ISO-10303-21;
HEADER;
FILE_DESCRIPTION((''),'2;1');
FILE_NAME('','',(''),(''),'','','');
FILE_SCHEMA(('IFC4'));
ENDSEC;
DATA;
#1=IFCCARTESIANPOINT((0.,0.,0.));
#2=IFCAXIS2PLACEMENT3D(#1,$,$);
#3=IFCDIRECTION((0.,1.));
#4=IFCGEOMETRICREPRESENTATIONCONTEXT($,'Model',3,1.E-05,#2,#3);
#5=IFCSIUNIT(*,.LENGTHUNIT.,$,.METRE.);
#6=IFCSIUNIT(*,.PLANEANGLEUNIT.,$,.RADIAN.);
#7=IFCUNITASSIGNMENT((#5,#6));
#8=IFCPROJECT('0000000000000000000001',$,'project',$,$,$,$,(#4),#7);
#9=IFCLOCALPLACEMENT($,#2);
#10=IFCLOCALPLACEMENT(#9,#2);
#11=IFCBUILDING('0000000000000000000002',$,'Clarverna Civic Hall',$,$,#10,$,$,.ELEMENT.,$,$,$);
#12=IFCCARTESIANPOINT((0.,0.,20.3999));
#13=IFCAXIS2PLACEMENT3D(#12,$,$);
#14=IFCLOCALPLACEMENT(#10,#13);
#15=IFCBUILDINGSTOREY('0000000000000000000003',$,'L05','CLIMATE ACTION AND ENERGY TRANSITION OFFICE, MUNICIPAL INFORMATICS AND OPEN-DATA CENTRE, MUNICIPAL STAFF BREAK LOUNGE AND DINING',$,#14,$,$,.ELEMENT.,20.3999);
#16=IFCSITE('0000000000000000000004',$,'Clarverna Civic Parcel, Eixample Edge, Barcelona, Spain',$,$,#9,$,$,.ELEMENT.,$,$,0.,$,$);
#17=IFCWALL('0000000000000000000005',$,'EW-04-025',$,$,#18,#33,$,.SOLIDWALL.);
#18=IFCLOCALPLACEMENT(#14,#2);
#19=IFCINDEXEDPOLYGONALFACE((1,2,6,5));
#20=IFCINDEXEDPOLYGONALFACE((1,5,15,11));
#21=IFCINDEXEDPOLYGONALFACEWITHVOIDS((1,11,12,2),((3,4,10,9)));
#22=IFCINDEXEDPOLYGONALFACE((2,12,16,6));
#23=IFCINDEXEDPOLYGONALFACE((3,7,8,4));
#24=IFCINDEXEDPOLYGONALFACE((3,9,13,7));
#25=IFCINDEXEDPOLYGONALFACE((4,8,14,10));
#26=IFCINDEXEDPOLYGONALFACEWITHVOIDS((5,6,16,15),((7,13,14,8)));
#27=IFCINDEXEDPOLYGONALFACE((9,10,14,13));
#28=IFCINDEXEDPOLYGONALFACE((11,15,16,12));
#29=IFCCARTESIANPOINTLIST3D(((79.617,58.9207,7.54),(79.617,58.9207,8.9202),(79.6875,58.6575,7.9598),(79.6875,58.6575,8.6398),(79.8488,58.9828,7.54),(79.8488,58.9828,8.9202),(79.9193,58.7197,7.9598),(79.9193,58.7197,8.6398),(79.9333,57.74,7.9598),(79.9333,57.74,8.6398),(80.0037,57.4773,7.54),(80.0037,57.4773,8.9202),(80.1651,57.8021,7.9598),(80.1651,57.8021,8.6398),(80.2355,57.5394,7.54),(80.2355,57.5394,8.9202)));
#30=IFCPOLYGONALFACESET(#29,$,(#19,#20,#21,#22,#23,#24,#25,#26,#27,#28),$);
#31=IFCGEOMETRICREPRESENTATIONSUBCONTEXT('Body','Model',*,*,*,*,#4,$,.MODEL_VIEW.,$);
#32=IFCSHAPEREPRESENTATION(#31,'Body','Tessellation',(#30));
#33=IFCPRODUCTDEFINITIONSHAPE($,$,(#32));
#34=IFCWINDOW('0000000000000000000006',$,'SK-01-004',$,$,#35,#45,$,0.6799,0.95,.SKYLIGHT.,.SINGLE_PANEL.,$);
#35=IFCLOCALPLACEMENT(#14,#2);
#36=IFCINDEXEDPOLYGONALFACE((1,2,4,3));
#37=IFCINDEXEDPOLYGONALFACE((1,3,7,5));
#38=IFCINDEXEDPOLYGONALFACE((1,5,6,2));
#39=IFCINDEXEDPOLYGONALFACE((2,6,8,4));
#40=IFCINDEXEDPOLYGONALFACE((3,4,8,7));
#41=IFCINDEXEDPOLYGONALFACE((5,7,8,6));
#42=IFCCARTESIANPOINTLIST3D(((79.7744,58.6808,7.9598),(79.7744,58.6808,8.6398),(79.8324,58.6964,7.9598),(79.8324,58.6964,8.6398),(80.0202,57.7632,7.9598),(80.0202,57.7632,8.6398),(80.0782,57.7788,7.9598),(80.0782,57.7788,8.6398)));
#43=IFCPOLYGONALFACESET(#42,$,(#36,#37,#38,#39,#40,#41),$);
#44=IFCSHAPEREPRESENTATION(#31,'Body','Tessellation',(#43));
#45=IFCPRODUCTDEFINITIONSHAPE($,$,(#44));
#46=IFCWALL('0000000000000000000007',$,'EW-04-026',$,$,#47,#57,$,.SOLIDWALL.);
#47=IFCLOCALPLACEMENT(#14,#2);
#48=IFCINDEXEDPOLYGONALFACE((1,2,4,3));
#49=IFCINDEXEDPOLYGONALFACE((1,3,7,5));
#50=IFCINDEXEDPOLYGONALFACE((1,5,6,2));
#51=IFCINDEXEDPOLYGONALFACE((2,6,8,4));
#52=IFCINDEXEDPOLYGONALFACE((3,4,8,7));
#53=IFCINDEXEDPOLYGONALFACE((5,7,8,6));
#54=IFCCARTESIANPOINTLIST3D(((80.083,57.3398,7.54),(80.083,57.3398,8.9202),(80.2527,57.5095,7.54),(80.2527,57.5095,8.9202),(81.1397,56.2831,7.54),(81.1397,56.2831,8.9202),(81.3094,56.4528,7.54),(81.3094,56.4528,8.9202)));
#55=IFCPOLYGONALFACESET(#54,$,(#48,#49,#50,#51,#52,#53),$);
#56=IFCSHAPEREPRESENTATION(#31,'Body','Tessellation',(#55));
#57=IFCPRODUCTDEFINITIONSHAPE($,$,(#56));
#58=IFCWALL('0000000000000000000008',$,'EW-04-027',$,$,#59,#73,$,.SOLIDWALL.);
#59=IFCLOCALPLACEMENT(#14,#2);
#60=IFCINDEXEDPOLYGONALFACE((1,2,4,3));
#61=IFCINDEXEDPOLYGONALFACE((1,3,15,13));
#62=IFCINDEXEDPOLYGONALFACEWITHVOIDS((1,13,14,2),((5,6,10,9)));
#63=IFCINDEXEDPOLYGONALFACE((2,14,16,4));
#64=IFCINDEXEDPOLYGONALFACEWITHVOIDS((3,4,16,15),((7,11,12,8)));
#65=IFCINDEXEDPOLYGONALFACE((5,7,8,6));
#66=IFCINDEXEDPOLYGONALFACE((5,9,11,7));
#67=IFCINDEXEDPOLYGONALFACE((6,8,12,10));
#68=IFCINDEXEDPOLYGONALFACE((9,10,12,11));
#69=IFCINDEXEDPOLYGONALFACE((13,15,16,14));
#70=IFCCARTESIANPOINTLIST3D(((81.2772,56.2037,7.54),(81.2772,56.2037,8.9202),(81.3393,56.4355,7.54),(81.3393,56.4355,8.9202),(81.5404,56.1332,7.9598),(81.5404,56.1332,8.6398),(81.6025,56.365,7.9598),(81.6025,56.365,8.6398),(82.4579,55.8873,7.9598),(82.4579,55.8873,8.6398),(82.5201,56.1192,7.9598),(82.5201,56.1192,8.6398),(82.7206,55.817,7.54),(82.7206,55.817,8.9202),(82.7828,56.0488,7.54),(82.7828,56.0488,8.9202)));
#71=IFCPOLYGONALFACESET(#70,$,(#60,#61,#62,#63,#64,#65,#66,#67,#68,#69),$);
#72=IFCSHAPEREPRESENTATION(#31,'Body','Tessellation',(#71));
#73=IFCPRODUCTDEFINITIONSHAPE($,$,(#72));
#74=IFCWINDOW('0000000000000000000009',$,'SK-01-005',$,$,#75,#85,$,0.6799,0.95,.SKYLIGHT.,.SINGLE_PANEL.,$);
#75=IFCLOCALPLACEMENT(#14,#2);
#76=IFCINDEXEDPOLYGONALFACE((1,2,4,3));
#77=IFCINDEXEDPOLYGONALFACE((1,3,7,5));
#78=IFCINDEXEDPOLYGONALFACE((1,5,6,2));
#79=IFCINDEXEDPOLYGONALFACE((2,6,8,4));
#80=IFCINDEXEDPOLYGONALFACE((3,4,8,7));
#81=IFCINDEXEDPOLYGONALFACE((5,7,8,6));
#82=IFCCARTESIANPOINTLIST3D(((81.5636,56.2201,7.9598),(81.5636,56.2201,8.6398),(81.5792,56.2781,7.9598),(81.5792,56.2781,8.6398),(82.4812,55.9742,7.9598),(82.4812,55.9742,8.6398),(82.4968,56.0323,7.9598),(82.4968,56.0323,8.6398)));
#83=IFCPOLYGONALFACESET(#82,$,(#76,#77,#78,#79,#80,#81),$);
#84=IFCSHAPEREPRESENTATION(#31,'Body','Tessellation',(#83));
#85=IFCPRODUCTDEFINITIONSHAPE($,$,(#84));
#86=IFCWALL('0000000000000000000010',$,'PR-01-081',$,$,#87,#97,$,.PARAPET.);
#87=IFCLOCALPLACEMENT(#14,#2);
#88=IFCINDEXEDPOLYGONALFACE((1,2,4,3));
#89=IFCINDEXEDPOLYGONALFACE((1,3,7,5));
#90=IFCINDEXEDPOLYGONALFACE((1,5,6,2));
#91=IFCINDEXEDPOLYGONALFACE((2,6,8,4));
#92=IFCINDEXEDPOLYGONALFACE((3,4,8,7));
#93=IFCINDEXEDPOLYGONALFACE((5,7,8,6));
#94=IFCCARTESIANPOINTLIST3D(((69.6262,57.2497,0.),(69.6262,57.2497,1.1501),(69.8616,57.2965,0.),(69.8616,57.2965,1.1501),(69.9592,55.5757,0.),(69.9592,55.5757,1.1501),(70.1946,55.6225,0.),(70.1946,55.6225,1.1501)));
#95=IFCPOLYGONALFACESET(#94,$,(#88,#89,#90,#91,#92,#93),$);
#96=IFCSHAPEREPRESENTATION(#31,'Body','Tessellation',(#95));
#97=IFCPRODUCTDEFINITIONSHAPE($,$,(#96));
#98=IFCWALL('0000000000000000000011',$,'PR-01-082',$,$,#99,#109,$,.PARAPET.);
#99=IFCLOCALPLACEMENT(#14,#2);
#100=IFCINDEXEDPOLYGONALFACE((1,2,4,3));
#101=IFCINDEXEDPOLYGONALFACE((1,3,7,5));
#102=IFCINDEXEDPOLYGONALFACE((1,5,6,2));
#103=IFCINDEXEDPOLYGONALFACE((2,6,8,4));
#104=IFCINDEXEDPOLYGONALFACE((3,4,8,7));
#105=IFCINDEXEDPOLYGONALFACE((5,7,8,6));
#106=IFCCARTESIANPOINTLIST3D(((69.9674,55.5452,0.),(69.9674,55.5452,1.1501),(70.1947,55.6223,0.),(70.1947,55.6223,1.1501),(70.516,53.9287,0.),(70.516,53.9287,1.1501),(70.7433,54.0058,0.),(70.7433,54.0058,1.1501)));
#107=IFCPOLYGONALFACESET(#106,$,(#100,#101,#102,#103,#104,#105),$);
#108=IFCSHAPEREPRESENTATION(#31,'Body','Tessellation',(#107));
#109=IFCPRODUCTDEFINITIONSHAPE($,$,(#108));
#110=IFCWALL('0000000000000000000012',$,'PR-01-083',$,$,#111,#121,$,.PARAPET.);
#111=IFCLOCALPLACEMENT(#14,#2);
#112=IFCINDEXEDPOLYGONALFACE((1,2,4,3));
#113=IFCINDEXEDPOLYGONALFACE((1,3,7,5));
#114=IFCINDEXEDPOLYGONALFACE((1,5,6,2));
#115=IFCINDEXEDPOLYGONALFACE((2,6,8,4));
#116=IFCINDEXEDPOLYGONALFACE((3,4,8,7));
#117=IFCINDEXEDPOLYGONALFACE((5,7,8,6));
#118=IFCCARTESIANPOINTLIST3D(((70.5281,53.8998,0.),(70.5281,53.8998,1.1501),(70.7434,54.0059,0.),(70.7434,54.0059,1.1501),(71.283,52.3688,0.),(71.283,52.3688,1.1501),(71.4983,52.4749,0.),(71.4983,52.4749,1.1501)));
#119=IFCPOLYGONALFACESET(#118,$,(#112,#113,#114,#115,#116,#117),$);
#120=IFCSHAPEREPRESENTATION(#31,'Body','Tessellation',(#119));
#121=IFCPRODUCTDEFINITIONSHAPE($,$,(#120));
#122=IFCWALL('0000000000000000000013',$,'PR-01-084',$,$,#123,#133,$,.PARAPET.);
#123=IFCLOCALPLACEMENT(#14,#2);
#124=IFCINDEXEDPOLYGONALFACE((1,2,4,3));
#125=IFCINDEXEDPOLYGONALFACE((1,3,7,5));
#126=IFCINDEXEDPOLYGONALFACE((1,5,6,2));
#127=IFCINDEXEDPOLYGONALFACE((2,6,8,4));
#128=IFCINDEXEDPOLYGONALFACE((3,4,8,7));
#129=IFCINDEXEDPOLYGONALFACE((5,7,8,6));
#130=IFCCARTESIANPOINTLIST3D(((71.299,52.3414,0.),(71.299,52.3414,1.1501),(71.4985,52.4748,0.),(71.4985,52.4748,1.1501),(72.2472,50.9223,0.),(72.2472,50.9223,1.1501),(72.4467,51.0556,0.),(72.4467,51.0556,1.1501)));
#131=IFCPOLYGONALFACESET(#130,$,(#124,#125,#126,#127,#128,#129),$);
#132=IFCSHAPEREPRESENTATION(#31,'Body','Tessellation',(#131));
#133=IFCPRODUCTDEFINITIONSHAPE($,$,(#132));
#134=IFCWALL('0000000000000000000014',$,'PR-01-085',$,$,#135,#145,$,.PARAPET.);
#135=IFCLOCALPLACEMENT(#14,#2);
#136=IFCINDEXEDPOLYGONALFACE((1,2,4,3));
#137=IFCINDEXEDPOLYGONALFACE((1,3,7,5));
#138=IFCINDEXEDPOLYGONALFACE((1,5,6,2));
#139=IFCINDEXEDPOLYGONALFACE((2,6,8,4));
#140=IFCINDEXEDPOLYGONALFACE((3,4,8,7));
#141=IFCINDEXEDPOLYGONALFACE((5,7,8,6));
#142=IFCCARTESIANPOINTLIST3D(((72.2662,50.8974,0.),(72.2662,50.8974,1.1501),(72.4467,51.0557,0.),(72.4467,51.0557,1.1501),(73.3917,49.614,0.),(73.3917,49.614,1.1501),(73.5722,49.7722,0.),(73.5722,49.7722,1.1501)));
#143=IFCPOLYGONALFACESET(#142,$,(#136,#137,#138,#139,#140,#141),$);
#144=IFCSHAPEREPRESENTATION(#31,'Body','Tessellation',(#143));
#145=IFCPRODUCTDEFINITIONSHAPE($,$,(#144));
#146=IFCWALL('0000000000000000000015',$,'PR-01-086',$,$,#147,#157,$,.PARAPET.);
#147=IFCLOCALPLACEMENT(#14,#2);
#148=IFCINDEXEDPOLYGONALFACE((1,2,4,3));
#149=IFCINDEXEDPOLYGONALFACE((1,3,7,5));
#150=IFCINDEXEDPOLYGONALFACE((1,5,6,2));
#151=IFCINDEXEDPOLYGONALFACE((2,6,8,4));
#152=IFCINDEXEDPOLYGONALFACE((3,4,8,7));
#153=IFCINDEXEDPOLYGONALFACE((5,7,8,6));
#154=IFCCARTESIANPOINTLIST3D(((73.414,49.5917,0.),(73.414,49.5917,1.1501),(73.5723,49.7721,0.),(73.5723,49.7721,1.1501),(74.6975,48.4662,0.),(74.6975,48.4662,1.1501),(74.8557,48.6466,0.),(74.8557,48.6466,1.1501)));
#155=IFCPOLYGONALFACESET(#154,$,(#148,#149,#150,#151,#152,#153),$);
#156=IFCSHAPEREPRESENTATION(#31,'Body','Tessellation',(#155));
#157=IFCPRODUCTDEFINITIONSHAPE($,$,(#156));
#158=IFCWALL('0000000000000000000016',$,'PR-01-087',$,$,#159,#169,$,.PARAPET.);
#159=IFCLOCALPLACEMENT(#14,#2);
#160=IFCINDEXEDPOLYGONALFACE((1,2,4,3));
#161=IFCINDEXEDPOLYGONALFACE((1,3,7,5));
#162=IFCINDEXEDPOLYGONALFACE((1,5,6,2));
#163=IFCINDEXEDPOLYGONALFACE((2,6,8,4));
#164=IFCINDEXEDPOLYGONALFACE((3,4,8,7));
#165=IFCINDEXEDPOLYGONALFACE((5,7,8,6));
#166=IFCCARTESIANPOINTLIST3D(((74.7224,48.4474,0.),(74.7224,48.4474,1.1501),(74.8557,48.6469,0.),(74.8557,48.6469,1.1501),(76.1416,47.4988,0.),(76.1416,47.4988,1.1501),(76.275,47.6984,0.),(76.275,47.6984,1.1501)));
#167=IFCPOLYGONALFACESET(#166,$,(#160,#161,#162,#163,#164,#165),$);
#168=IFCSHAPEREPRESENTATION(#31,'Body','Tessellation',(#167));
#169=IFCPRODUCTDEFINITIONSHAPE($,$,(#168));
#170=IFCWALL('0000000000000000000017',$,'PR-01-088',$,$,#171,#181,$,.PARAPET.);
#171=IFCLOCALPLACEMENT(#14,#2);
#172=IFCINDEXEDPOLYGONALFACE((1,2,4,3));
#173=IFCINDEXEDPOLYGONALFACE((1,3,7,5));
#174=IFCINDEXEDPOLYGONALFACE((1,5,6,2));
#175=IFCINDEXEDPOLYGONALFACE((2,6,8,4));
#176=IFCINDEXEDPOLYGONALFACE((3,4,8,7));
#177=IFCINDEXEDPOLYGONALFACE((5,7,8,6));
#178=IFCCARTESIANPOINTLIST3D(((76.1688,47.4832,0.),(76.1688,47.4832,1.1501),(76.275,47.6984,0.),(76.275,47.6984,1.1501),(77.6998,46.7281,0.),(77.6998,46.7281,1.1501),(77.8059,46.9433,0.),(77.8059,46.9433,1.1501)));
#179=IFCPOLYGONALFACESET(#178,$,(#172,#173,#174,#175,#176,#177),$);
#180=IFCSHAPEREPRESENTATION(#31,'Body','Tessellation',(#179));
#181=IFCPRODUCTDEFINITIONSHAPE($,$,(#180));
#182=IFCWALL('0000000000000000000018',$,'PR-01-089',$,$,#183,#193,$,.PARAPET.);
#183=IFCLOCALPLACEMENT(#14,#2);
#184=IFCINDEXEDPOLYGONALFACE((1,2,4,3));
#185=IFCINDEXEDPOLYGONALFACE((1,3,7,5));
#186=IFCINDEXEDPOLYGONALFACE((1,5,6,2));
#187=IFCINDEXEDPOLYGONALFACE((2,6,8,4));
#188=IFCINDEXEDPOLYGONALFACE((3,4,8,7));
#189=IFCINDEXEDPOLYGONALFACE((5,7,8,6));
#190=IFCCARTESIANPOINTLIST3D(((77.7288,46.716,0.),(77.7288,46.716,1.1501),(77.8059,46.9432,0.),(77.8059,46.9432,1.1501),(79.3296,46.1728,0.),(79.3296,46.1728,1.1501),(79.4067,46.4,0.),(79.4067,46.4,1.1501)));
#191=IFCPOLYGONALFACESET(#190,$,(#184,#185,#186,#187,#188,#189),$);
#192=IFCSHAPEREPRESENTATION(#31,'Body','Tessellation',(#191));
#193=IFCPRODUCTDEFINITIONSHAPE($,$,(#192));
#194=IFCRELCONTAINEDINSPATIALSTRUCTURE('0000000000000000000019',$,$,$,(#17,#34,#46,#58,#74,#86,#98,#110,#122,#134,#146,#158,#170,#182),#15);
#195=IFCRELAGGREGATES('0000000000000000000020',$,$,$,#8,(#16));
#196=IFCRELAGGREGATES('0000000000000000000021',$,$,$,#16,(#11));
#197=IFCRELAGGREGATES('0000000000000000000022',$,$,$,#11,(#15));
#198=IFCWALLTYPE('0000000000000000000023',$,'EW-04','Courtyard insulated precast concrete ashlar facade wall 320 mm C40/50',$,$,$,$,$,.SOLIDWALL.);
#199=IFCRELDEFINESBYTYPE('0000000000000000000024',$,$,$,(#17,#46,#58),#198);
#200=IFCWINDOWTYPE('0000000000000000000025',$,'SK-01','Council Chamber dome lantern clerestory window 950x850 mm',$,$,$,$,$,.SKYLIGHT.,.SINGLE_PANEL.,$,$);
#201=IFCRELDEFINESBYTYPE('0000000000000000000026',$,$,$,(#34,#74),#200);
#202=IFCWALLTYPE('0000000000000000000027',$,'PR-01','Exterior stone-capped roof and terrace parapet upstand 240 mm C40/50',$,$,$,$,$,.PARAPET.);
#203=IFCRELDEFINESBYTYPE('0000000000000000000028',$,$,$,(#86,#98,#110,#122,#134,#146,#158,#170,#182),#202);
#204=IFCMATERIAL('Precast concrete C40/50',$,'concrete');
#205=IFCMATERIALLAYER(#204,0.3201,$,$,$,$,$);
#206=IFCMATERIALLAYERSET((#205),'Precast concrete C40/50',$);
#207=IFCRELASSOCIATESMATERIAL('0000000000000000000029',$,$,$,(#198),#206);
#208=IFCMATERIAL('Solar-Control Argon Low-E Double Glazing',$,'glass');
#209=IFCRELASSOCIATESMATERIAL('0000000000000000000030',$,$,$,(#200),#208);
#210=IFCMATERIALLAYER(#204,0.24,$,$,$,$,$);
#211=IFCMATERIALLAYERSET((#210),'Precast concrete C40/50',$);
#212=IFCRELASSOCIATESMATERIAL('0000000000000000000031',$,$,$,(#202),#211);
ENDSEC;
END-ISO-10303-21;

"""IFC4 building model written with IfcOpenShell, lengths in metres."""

from ifc_helpers import new_model, si_unit, direction, frame, frame_2d, origin, place, context, subcontext, project, spatial, rectangle, extrude, material, layer, layer_set, type_object, element, fill, save


model = new_model("IFC4")

# Units and contexts
model_context = context("Model", 3, precision=1e-05, world=origin(), true_north=direction((0.0, 1.0)))
body_context = subcontext(model_context, "Body", "Model", "MODEL_VIEW")
ifc_project = project(units=[si_unit("LENGTHUNIT", "METRE"), si_unit("PLANEANGLEUNIT", "RADIAN")], contexts=[model_context])

# Site, building, storey
site_placement = place(None, origin())
site = spatial("IfcSite", under=ifc_project, at=site_placement, Name="Clarverna Civic Parcel, Eixample Edge, Barcelona, Spain", CompositionType="ELEMENT", RefElevation=0.0)
building_placement = place(site_placement, origin())
building = spatial("IfcBuilding", under=site, at=building_placement, Name="Clarverna Civic Hall", CompositionType="ELEMENT")
storey_placement = place(building_placement, frame((0.0, 0.0, 20.3999)))
storey = spatial("IfcBuildingStorey", under=building, at=storey_placement, Name="L05", Description="CLIMATE ACTION AND ENERGY TRANSITION OFFICE, MUNICIPAL INFORMATICS AND OPEN-DATA CENTRE, MUNICIPAL STAFF BREAK LOUNGE AND DINING", CompositionType="ELEMENT", Elevation=20.3999)

# Shared definitions
ifc_material_1 = material(Name="Solar-Control Argon Low-E Double Glazing", Category="glass")

# Wall, opening, window
ifc_material_2 = material(Name="Precast concrete C40/50", Category="concrete")
ifc_layer_1 = layer(ifc_material_2, 0.3201)
ifc_layer_set_1 = layer_set([ifc_layer_1], Name="Precast concrete C40/50")
wall_type_1 = type_object("IfcWallType", Name="EW-04", Description="Courtyard insulated precast concrete ashlar facade wall 320 mm C40/50", PredefinedType="SOLIDWALL", material=ifc_layer_set_1)
wall_1_placement = place(storey_placement, frame((79.7329, 58.9517, 7.54), z_axis=(0.0, 0.0, 1.0), x_axis=(0.258801, -0.965931, 0.0)))
wall_1 = element("IfcWall", 1, at=wall_1_placement, inside=storey, type_object=wall_type_1, Name="EW-04-025", PredefinedType="SOLIDWALL", context=body_context, shape_type="SweptSolid", body=[
    extrude(rectangle(XDim=1.4944, YDim=0.24, at=frame_2d((0.7471, 0.0))), origin(), (0.0, 0.0, 1.0), 1.3801),
])
opening_1_placement = place(wall_1_placement, frame((0.2722, 0.0, 0.4199)))
opening_1 = element("IfcOpeningElement", 2, at=opening_1_placement, cuts=wall_1, PredefinedType="OPENING", context=body_context, shape_type="SweptSolid", body=[
    extrude(rectangle(XDim=0.95, YDim=0.6799, at=frame_2d((0.4751, 0.3398))), frame((0.0, 0.1299, 0.0), z_axis=(0.0, -1.0, 0.0), x_axis=(1.0, 0.0, 0.0)), (0.0, 0.0, 1.0), 0.26),
])
window_type_1 = type_object("IfcWindowType", Name="SK-01", Description="Council Chamber dome lantern clerestory window 950x850 mm", PartitioningType="SINGLE_PANEL", PredefinedType="SKYLIGHT", material=ifc_material_1)
window_1_placement = place(opening_1_placement, origin())
window_1 = element("IfcWindow", 3, at=window_1_placement, inside=storey, type_object=window_type_1, Name="SK-01-004", OverallHeight=0.6799, OverallWidth=0.95, PartitioningType="SINGLE_PANEL", PredefinedType="SKYLIGHT", context=body_context, shape_type="SweptSolid", body=[
    extrude(rectangle(XDim=0.95, YDim=0.6799, at=frame_2d((0.4751, 0.3398))), frame((0.0, 0.03, 0.0), z_axis=(0.0, -1.0, 0.0), x_axis=(1.0, 0.0, 0.0)), (0.0, 0.0, 1.0), 0.0601),
])
fill(opening_1, window_1)

# Wall
wall_2_placement = place(storey_placement, frame((80.168, 57.4246, 7.54), z_axis=(0.0, 0.0, 1.0), x_axis=(0.707107, -0.707107, 0.0)))
element("IfcWall", 4, at=wall_2_placement, inside=storey, type_object=wall_type_1, Name="EW-04-026", PredefinedType="SOLIDWALL", context=body_context, shape_type="SweptSolid", body=[
    extrude(rectangle(XDim=1.4944, YDim=0.24, at=frame_2d((0.7471, 0.0))), origin(), (0.0, 0.0, 1.0), 1.3801),
])

# Wall, opening, window
wall_3_placement = place(storey_placement, frame((81.3083, 56.3196, 7.54), z_axis=(0.0, 0.0, 1.0), x_axis=(0.965931, -0.258801, 0.0)))
wall_3 = element("IfcWall", 5, at=wall_3_placement, inside=storey, type_object=wall_type_1, Name="EW-04-027", PredefinedType="SOLIDWALL", context=body_context, shape_type="SweptSolid", body=[
    extrude(rectangle(XDim=1.4944, YDim=0.24, at=frame_2d((0.7471, 0.0))), origin(), (0.0, 0.0, 1.0), 1.3801),
])
opening_2_placement = place(wall_3_placement, frame((0.2722, 0.0, 0.4199)))
opening_2 = element("IfcOpeningElement", 6, at=opening_2_placement, cuts=wall_3, PredefinedType="OPENING", context=body_context, shape_type="SweptSolid", body=[
    extrude(rectangle(XDim=0.95, YDim=0.6799, at=frame_2d((0.4751, 0.3398))), frame((0.0, 0.1299, 0.0), z_axis=(0.0, -1.0, 0.0), x_axis=(1.0, 0.0, 0.0)), (0.0, 0.0, 1.0), 0.26),
])
window_2_placement = place(opening_2_placement, origin())
window_2 = element("IfcWindow", 7, at=window_2_placement, inside=storey, type_object=window_type_1, Name="SK-01-005", OverallHeight=0.6799, OverallWidth=0.95, PartitioningType="SINGLE_PANEL", PredefinedType="SKYLIGHT", context=body_context, shape_type="SweptSolid", body=[
    extrude(rectangle(XDim=0.95, YDim=0.6799, at=frame_2d((0.4751, 0.3398))), frame((0.0, 0.03, 0.0), z_axis=(0.0, -1.0, 0.0), x_axis=(1.0, 0.0, 0.0)), (0.0, 0.0, 1.0), 0.0601),
])
fill(opening_2, window_2)

# Walls
ifc_layer_2 = layer(ifc_material_2, 0.24)
ifc_layer_set_2 = layer_set([ifc_layer_2], Name="Precast concrete C40/50")
wall_type_2 = type_object("IfcWallType", Name="PR-01", Description="Exterior stone-capped roof and terrace parapet upstand 240 mm C40/50", PredefinedType="PARAPET", material=ifc_layer_set_2)
wall_4_placement = place(storey_placement, frame((69.7439, 57.2732, 0.0), z_axis=(0.0, 0.0, 1.0), x_axis=(0.195098, -0.980784, 0.0)))
element("IfcWall", 8, at=wall_4_placement, inside=storey, type_object=wall_type_2, Name="PR-01-081", PredefinedType="PARAPET", context=body_context, shape_type="SweptSolid", body=[
    extrude(rectangle(XDim=1.7068, YDim=0.24, at=frame_2d((0.8535, 0.0))), origin(), (0.0, 0.0, 1.0), 1.1501),
])
for number, where, z_axis, x_axis, name in (
    (9, (70.0811, 55.5837, 0.0), (0.0, 0.0, 1.0), (0.321372, -0.946953, 0.0), "PR-01-082"),
    (10, (70.6357, 53.9529, 0.0), (0.0, 0.0, 1.0), (0.442229, -0.896902, 0.0), "PR-01-083"),
):
    element("IfcWall", number, at=place(storey_placement, frame(where, z_axis=z_axis, x_axis=x_axis)), inside=storey, type_object=wall_type_2, Name=name, PredefinedType="PARAPET", context=body_context, shape_type="SweptSolid", body=[
        extrude(rectangle(XDim=1.707, YDim=0.24, at=frame_2d((0.8535, 0.0))), origin(), (0.0, 0.0, 1.0), 1.1501),
    ])
wall_5_placement = place(storey_placement, frame((71.3987, 52.4082, 0.0), z_axis=(0.0, 0.0, 1.0), x_axis=(0.555558, -0.831478, 0.0)))
element("IfcWall", 11, at=wall_5_placement, inside=storey, type_object=wall_type_2, Name="PR-01-084", PredefinedType="PARAPET", context=body_context, shape_type="SweptSolid", body=[
    extrude(rectangle(XDim=1.7068, YDim=0.24, at=frame_2d((0.8535, 0.0))), origin(), (0.0, 0.0, 1.0), 1.1501),
])
for number, where, z_axis, x_axis, name in (
    (12, (72.3564, 50.9766, 0.0), (0.0, 0.0, 1.0), (0.659324, -0.751859, 0.0), "PR-01-085"),
    (13, (73.4932, 49.6819, 0.0), (0.0, 0.0, 1.0), (0.751859, -0.659324, 0.0), "PR-01-086"),
    (14, (74.7891, 48.5471, 0.0), (0.0, 0.0, 1.0), (0.831412, -0.555657, 0.0), "PR-01-087"),
    (15, (76.2219, 47.5908, 0.0), (0.0, 0.0, 1.0), (0.896845, -0.442344, 0.0), "PR-01-088"),
):
    element("IfcWall", number, at=place(storey_placement, frame(where, z_axis=z_axis, x_axis=x_axis)), inside=storey, type_object=wall_type_2, Name=name, PredefinedType="PARAPET", context=body_context, shape_type="SweptSolid", body=[
        extrude(rectangle(XDim=1.707, YDim=0.24, at=frame_2d((0.8535, 0.0))), origin(), (0.0, 0.0, 1.0), 1.1501),
    ])
wall_6_placement = place(storey_placement, frame((77.7673, 46.8296, 0.0), z_axis=(0.0, 0.0, 1.0), x_axis=(0.946965, -0.321336, 0.0)))
element("IfcWall", 16, at=wall_6_placement, inside=storey, type_object=wall_type_2, Name="PR-01-089", PredefinedType="PARAPET", context=body_context, shape_type="SweptSolid", body=[
    extrude(rectangle(XDim=1.6904, YDim=0.24, at=frame_2d((0.8452, 0.0))), origin(), (0.0, 0.0, 1.0), 1.1501),
])

save(model, "model.ifc")
